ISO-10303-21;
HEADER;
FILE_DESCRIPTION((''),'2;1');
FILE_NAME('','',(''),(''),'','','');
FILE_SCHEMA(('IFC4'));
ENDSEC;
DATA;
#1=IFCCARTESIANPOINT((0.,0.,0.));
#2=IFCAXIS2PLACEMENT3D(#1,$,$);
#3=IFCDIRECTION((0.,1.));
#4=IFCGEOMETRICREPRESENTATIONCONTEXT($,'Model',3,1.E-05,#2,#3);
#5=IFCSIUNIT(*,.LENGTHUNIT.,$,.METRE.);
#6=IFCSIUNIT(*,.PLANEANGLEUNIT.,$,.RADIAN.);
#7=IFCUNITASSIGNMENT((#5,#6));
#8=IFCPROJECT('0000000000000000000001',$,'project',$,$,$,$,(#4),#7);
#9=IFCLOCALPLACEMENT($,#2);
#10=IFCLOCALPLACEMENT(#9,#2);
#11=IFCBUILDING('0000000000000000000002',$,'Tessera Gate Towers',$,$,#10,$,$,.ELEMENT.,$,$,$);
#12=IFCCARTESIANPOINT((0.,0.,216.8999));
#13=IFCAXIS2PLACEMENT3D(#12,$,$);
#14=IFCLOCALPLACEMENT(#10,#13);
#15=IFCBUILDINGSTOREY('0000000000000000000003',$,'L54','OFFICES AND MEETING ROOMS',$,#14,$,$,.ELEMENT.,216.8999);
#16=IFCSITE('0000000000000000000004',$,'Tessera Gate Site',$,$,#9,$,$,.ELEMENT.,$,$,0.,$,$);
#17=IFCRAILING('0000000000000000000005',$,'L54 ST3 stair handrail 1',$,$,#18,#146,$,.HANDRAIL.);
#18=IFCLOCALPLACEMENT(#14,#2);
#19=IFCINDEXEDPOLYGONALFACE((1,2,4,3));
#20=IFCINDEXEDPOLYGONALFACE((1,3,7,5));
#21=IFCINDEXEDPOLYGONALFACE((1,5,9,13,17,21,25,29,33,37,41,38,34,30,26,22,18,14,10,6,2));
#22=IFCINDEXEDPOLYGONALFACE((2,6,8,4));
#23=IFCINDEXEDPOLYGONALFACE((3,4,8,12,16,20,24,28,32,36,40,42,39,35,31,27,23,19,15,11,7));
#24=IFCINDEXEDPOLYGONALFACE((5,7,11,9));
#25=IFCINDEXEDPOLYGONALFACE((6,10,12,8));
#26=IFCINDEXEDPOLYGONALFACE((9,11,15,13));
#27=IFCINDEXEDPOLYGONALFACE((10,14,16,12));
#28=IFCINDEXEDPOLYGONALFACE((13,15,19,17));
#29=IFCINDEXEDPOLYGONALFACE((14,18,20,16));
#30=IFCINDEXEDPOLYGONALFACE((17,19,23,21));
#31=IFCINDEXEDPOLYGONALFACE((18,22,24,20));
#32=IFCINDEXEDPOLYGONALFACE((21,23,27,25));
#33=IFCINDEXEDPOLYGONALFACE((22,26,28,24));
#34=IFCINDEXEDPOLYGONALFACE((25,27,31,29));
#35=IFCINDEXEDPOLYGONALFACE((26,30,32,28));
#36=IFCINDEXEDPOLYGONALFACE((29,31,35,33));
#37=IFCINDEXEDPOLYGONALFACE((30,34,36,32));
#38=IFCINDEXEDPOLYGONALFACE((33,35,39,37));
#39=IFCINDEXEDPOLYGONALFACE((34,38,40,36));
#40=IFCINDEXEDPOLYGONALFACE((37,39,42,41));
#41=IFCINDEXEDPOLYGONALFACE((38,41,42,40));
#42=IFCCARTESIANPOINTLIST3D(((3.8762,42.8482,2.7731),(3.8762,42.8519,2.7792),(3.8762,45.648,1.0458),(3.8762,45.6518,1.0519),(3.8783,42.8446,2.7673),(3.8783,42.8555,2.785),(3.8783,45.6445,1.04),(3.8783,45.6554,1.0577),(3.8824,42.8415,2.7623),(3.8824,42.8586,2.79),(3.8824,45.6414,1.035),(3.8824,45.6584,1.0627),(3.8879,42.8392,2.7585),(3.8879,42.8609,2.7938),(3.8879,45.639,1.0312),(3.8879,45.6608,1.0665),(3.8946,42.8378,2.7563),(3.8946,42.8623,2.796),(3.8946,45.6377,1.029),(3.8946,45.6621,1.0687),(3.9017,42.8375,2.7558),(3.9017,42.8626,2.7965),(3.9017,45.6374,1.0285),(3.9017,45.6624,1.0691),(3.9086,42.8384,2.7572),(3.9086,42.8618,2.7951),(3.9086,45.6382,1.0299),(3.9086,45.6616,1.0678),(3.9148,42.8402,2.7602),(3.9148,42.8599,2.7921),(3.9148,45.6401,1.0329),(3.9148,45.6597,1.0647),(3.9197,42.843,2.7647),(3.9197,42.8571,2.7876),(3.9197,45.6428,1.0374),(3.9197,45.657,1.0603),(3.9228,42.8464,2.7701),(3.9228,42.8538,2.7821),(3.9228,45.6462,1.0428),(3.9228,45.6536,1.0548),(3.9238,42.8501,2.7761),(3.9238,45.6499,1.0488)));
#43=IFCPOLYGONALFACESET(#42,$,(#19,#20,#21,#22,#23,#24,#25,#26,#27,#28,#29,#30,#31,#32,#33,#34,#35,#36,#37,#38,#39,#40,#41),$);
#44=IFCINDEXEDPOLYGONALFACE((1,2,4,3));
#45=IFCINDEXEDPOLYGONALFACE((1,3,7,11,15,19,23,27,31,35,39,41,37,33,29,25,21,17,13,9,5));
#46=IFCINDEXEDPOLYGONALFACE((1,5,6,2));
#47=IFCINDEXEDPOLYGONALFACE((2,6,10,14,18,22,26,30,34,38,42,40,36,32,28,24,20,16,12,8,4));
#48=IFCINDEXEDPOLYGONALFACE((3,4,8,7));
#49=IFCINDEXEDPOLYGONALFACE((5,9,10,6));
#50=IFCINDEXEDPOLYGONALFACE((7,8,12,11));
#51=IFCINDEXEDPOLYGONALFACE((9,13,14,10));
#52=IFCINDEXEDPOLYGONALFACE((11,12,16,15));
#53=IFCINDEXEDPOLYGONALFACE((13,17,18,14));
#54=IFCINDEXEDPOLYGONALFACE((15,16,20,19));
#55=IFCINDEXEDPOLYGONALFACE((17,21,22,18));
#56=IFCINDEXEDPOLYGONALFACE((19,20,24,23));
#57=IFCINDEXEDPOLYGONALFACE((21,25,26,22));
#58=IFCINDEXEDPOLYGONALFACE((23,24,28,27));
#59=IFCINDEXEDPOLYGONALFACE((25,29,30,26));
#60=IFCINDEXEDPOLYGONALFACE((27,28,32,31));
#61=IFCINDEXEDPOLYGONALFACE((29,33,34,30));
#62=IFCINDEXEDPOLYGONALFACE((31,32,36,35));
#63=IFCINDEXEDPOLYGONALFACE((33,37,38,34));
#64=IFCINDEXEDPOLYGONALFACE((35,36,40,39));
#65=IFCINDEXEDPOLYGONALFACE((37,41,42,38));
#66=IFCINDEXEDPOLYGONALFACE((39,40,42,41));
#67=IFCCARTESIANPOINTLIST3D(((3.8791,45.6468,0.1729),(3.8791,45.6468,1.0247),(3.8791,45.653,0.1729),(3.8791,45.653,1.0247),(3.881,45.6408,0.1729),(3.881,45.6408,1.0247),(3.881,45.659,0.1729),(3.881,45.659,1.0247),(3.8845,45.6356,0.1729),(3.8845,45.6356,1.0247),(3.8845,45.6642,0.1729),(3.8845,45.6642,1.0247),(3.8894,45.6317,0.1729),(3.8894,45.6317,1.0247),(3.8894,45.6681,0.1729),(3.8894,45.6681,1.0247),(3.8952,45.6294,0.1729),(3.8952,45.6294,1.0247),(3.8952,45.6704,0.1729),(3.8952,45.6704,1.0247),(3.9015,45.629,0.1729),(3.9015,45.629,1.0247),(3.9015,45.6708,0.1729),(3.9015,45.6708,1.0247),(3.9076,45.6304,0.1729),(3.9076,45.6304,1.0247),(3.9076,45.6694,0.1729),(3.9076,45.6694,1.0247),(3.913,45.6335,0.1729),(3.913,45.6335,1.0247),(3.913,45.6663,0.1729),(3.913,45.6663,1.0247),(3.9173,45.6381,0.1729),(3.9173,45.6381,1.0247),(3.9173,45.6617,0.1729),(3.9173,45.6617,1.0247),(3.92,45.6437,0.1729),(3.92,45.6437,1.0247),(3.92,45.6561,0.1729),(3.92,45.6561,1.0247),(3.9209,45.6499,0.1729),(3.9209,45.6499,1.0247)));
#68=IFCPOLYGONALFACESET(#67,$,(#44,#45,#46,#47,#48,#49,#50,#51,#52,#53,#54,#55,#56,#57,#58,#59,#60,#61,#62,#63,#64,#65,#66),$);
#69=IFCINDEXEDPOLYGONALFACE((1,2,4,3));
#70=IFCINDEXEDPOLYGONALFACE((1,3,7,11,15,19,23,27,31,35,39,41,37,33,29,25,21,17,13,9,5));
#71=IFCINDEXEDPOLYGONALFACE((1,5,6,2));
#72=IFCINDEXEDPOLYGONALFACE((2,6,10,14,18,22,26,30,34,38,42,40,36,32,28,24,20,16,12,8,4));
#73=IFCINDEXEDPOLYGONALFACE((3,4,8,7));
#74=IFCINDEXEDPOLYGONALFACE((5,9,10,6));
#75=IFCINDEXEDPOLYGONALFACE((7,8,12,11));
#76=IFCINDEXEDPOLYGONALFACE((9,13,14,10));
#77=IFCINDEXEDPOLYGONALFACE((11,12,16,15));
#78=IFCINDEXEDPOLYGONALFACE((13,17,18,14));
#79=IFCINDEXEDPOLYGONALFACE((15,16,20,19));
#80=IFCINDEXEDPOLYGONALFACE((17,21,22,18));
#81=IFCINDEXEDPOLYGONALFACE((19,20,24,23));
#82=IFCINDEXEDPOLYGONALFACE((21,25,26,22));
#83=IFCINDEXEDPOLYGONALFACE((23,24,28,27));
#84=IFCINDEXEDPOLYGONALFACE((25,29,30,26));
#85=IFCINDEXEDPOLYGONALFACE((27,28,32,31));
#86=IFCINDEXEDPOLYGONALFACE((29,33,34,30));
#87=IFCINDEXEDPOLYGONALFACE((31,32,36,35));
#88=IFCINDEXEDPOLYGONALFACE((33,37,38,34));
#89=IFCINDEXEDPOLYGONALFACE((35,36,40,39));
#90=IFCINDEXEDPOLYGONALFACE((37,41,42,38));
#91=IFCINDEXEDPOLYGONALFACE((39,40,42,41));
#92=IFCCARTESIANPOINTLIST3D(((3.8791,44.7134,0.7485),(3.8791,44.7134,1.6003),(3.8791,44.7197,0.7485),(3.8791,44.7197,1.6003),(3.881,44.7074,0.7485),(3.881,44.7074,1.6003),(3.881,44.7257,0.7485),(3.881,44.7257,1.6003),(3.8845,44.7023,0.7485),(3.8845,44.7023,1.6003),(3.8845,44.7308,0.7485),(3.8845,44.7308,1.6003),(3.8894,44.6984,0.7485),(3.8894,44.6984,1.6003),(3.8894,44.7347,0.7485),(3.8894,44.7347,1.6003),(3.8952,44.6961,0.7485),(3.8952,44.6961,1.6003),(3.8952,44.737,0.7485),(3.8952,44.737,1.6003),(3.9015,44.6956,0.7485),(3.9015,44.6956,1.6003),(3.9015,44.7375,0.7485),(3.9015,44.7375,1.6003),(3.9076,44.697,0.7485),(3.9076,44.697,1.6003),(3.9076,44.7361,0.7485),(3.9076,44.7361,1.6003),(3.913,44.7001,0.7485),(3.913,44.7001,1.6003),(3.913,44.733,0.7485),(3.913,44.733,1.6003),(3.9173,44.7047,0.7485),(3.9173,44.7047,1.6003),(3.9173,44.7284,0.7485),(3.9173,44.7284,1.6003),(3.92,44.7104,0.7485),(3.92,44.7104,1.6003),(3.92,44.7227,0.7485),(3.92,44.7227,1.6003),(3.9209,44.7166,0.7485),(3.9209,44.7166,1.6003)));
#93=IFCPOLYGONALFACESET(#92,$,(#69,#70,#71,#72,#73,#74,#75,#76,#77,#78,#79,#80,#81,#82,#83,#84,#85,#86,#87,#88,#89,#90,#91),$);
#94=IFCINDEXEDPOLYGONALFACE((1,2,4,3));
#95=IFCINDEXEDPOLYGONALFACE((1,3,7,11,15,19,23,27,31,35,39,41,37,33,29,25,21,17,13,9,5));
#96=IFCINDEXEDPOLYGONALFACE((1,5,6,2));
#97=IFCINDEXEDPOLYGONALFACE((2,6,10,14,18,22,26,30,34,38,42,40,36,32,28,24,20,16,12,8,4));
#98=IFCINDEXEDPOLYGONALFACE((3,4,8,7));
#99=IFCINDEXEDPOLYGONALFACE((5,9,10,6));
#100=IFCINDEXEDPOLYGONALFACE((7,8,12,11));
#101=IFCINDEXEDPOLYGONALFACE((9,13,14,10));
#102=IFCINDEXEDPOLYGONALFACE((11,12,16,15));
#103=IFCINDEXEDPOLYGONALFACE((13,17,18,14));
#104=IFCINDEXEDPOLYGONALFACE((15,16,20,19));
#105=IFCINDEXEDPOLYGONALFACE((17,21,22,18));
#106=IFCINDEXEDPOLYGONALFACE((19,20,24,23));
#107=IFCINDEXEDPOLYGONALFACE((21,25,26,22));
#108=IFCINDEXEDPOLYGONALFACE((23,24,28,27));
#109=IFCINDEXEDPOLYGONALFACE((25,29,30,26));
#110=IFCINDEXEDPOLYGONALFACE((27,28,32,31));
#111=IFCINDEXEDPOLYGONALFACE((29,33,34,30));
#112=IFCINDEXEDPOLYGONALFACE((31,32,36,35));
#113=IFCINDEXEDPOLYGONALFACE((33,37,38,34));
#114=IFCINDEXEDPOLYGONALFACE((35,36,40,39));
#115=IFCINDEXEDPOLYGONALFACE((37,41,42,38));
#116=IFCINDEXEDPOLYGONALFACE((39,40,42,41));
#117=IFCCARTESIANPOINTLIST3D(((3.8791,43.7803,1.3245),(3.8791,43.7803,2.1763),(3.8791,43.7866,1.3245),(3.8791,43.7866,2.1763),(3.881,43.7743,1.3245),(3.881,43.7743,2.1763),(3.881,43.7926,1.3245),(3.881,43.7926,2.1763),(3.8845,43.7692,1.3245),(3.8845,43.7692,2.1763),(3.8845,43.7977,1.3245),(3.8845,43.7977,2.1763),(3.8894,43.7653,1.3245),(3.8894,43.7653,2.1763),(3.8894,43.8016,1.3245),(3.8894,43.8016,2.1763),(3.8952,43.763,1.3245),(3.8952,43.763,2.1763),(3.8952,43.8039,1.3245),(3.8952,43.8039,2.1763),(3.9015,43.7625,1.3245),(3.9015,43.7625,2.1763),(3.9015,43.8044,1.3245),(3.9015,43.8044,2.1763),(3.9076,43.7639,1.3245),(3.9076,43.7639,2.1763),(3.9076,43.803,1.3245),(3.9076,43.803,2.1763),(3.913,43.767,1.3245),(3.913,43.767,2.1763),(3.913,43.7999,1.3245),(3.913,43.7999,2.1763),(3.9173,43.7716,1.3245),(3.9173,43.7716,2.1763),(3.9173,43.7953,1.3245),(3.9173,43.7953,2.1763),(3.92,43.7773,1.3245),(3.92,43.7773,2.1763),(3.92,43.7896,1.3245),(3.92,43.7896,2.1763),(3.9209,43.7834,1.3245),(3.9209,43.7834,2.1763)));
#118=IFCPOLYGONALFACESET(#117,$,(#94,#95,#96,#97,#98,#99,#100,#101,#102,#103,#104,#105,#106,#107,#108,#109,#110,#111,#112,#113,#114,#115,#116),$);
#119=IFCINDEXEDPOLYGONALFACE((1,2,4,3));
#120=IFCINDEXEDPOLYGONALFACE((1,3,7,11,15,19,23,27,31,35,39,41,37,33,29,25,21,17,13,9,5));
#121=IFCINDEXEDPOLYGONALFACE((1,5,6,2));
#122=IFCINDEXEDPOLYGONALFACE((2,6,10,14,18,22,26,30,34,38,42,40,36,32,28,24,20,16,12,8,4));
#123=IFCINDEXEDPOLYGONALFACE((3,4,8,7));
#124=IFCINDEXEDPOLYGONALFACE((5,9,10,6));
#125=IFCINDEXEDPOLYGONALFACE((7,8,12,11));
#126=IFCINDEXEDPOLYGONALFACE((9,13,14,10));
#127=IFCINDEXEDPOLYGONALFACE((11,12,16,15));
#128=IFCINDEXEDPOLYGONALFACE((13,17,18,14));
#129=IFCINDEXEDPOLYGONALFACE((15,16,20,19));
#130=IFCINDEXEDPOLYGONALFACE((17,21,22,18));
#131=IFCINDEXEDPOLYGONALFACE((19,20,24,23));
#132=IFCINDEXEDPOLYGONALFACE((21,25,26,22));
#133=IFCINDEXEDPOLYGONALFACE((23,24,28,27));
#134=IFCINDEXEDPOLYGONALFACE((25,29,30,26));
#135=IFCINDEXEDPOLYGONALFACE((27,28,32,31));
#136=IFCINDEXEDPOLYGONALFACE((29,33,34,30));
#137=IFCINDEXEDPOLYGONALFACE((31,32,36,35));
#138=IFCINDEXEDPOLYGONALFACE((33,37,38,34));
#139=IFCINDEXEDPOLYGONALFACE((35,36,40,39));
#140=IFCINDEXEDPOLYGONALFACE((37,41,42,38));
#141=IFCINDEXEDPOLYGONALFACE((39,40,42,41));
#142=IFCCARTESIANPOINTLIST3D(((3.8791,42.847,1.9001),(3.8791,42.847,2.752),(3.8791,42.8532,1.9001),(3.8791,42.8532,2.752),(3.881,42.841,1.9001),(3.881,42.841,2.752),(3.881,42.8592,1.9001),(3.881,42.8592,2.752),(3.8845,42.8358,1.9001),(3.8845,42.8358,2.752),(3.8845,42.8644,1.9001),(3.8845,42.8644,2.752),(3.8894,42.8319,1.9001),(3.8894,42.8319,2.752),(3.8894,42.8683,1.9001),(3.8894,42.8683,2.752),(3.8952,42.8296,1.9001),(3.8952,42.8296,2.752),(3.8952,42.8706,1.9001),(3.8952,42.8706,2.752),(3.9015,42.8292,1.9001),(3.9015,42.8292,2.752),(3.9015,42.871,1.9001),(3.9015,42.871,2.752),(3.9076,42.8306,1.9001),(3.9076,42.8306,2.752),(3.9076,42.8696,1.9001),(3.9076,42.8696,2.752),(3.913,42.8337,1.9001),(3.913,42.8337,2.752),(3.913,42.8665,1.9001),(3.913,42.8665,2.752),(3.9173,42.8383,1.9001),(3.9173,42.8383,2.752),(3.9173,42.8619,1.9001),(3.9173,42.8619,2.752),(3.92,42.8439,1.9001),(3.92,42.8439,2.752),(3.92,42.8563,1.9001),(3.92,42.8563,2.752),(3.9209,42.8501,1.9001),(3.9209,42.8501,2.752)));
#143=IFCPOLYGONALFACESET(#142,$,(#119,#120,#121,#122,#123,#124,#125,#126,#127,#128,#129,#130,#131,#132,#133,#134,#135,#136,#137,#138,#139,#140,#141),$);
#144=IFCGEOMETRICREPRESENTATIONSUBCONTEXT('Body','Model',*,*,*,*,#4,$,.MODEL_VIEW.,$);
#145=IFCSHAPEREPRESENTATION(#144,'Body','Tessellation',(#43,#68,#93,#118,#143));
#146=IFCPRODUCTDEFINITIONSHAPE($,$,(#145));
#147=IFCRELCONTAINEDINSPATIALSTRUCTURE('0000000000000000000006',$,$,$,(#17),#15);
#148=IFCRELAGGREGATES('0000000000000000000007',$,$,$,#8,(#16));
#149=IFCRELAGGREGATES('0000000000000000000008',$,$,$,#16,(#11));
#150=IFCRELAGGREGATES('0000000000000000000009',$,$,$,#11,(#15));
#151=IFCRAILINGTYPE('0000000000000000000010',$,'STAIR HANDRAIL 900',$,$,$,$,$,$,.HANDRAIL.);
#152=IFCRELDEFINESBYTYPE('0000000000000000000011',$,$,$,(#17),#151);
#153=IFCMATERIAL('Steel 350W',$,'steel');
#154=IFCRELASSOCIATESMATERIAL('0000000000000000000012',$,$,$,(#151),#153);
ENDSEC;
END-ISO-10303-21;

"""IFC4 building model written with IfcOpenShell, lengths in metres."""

from ifc_helpers import new_model, si_unit, direction, frame, origin, origin_2d, place, context, subcontext, project, spatial, circle, extrude, material, type_object, element, save


model = new_model("IFC4")

# Units and contexts
model_context = context("Model", 3, precision=1e-05, world=origin(), true_north=direction((0.0, 1.0)))
body_context = subcontext(model_context, "Body", "Model", "MODEL_VIEW")
ifc_project = project(units=[si_unit("LENGTHUNIT", "METRE"), si_unit("PLANEANGLEUNIT", "RADIAN")], contexts=[model_context])

# Site, building, storey
site_placement = place(None, origin())
site = spatial("IfcSite", under=ifc_project, at=site_placement, Name="Tessera Gate Site", CompositionType="ELEMENT", RefElevation=0.0)
building_placement = place(site_placement, origin())
building = spatial("IfcBuilding", under=site, at=building_placement, Name="Tessera Gate Towers", CompositionType="ELEMENT")
storey_placement = place(building_placement, frame((0.0, 0.0, 216.8999)))
storey = spatial("IfcBuildingStorey", under=building, at=storey_placement, Name="L54", Description="OFFICES AND MEETING ROOMS", CompositionType="ELEMENT", Elevation=216.8999)

# Railing
ifc_material_1 = material(Name="Steel 350W", Category="steel")
railing_type_1 = type_object("IfcRailingType", Name="STAIR HANDRAIL 900", PredefinedType="HANDRAIL", material=ifc_material_1)
railing_1_placement = place(storey_placement, frame((3.8999, 45.6499, 0.1729)))
element("IfcRailing", 1, at=railing_1_placement, inside=storey, type_object=railing_type_1, Name="L54 ST3 stair handrail 1", PredefinedType="HANDRAIL", context=body_context, shape_type="SweptSolid", body=[
    extrude(circle(Radius=0.0239, at=origin_2d()), frame((0.0, 0.0, 0.876), z_axis=(0.0, -0.851069, 0.525054), x_axis=(1.0, 0.0, 0.0)), (0.0, 0.0, 1.0), 3.2898),
    extrude(circle(Radius=0.021, at=origin_2d()), origin(), (0.0, 0.0, 1.0), 0.8518),
    extrude(circle(Radius=0.021, at=origin_2d()), frame((0.0, -0.9333, 0.5757)), (0.0, 0.0, 1.0), 0.8518),
    extrude(circle(Radius=0.021, at=origin_2d()), frame((0.0, -1.8665, 1.1516)), (0.0, 0.0, 1.0), 0.8518),
    extrude(circle(Radius=0.021, at=origin_2d()), frame((0.0, -2.7998, 1.7273)), (0.0, 0.0, 1.0), 0.8518),
])

save(model, "model.ifc")
